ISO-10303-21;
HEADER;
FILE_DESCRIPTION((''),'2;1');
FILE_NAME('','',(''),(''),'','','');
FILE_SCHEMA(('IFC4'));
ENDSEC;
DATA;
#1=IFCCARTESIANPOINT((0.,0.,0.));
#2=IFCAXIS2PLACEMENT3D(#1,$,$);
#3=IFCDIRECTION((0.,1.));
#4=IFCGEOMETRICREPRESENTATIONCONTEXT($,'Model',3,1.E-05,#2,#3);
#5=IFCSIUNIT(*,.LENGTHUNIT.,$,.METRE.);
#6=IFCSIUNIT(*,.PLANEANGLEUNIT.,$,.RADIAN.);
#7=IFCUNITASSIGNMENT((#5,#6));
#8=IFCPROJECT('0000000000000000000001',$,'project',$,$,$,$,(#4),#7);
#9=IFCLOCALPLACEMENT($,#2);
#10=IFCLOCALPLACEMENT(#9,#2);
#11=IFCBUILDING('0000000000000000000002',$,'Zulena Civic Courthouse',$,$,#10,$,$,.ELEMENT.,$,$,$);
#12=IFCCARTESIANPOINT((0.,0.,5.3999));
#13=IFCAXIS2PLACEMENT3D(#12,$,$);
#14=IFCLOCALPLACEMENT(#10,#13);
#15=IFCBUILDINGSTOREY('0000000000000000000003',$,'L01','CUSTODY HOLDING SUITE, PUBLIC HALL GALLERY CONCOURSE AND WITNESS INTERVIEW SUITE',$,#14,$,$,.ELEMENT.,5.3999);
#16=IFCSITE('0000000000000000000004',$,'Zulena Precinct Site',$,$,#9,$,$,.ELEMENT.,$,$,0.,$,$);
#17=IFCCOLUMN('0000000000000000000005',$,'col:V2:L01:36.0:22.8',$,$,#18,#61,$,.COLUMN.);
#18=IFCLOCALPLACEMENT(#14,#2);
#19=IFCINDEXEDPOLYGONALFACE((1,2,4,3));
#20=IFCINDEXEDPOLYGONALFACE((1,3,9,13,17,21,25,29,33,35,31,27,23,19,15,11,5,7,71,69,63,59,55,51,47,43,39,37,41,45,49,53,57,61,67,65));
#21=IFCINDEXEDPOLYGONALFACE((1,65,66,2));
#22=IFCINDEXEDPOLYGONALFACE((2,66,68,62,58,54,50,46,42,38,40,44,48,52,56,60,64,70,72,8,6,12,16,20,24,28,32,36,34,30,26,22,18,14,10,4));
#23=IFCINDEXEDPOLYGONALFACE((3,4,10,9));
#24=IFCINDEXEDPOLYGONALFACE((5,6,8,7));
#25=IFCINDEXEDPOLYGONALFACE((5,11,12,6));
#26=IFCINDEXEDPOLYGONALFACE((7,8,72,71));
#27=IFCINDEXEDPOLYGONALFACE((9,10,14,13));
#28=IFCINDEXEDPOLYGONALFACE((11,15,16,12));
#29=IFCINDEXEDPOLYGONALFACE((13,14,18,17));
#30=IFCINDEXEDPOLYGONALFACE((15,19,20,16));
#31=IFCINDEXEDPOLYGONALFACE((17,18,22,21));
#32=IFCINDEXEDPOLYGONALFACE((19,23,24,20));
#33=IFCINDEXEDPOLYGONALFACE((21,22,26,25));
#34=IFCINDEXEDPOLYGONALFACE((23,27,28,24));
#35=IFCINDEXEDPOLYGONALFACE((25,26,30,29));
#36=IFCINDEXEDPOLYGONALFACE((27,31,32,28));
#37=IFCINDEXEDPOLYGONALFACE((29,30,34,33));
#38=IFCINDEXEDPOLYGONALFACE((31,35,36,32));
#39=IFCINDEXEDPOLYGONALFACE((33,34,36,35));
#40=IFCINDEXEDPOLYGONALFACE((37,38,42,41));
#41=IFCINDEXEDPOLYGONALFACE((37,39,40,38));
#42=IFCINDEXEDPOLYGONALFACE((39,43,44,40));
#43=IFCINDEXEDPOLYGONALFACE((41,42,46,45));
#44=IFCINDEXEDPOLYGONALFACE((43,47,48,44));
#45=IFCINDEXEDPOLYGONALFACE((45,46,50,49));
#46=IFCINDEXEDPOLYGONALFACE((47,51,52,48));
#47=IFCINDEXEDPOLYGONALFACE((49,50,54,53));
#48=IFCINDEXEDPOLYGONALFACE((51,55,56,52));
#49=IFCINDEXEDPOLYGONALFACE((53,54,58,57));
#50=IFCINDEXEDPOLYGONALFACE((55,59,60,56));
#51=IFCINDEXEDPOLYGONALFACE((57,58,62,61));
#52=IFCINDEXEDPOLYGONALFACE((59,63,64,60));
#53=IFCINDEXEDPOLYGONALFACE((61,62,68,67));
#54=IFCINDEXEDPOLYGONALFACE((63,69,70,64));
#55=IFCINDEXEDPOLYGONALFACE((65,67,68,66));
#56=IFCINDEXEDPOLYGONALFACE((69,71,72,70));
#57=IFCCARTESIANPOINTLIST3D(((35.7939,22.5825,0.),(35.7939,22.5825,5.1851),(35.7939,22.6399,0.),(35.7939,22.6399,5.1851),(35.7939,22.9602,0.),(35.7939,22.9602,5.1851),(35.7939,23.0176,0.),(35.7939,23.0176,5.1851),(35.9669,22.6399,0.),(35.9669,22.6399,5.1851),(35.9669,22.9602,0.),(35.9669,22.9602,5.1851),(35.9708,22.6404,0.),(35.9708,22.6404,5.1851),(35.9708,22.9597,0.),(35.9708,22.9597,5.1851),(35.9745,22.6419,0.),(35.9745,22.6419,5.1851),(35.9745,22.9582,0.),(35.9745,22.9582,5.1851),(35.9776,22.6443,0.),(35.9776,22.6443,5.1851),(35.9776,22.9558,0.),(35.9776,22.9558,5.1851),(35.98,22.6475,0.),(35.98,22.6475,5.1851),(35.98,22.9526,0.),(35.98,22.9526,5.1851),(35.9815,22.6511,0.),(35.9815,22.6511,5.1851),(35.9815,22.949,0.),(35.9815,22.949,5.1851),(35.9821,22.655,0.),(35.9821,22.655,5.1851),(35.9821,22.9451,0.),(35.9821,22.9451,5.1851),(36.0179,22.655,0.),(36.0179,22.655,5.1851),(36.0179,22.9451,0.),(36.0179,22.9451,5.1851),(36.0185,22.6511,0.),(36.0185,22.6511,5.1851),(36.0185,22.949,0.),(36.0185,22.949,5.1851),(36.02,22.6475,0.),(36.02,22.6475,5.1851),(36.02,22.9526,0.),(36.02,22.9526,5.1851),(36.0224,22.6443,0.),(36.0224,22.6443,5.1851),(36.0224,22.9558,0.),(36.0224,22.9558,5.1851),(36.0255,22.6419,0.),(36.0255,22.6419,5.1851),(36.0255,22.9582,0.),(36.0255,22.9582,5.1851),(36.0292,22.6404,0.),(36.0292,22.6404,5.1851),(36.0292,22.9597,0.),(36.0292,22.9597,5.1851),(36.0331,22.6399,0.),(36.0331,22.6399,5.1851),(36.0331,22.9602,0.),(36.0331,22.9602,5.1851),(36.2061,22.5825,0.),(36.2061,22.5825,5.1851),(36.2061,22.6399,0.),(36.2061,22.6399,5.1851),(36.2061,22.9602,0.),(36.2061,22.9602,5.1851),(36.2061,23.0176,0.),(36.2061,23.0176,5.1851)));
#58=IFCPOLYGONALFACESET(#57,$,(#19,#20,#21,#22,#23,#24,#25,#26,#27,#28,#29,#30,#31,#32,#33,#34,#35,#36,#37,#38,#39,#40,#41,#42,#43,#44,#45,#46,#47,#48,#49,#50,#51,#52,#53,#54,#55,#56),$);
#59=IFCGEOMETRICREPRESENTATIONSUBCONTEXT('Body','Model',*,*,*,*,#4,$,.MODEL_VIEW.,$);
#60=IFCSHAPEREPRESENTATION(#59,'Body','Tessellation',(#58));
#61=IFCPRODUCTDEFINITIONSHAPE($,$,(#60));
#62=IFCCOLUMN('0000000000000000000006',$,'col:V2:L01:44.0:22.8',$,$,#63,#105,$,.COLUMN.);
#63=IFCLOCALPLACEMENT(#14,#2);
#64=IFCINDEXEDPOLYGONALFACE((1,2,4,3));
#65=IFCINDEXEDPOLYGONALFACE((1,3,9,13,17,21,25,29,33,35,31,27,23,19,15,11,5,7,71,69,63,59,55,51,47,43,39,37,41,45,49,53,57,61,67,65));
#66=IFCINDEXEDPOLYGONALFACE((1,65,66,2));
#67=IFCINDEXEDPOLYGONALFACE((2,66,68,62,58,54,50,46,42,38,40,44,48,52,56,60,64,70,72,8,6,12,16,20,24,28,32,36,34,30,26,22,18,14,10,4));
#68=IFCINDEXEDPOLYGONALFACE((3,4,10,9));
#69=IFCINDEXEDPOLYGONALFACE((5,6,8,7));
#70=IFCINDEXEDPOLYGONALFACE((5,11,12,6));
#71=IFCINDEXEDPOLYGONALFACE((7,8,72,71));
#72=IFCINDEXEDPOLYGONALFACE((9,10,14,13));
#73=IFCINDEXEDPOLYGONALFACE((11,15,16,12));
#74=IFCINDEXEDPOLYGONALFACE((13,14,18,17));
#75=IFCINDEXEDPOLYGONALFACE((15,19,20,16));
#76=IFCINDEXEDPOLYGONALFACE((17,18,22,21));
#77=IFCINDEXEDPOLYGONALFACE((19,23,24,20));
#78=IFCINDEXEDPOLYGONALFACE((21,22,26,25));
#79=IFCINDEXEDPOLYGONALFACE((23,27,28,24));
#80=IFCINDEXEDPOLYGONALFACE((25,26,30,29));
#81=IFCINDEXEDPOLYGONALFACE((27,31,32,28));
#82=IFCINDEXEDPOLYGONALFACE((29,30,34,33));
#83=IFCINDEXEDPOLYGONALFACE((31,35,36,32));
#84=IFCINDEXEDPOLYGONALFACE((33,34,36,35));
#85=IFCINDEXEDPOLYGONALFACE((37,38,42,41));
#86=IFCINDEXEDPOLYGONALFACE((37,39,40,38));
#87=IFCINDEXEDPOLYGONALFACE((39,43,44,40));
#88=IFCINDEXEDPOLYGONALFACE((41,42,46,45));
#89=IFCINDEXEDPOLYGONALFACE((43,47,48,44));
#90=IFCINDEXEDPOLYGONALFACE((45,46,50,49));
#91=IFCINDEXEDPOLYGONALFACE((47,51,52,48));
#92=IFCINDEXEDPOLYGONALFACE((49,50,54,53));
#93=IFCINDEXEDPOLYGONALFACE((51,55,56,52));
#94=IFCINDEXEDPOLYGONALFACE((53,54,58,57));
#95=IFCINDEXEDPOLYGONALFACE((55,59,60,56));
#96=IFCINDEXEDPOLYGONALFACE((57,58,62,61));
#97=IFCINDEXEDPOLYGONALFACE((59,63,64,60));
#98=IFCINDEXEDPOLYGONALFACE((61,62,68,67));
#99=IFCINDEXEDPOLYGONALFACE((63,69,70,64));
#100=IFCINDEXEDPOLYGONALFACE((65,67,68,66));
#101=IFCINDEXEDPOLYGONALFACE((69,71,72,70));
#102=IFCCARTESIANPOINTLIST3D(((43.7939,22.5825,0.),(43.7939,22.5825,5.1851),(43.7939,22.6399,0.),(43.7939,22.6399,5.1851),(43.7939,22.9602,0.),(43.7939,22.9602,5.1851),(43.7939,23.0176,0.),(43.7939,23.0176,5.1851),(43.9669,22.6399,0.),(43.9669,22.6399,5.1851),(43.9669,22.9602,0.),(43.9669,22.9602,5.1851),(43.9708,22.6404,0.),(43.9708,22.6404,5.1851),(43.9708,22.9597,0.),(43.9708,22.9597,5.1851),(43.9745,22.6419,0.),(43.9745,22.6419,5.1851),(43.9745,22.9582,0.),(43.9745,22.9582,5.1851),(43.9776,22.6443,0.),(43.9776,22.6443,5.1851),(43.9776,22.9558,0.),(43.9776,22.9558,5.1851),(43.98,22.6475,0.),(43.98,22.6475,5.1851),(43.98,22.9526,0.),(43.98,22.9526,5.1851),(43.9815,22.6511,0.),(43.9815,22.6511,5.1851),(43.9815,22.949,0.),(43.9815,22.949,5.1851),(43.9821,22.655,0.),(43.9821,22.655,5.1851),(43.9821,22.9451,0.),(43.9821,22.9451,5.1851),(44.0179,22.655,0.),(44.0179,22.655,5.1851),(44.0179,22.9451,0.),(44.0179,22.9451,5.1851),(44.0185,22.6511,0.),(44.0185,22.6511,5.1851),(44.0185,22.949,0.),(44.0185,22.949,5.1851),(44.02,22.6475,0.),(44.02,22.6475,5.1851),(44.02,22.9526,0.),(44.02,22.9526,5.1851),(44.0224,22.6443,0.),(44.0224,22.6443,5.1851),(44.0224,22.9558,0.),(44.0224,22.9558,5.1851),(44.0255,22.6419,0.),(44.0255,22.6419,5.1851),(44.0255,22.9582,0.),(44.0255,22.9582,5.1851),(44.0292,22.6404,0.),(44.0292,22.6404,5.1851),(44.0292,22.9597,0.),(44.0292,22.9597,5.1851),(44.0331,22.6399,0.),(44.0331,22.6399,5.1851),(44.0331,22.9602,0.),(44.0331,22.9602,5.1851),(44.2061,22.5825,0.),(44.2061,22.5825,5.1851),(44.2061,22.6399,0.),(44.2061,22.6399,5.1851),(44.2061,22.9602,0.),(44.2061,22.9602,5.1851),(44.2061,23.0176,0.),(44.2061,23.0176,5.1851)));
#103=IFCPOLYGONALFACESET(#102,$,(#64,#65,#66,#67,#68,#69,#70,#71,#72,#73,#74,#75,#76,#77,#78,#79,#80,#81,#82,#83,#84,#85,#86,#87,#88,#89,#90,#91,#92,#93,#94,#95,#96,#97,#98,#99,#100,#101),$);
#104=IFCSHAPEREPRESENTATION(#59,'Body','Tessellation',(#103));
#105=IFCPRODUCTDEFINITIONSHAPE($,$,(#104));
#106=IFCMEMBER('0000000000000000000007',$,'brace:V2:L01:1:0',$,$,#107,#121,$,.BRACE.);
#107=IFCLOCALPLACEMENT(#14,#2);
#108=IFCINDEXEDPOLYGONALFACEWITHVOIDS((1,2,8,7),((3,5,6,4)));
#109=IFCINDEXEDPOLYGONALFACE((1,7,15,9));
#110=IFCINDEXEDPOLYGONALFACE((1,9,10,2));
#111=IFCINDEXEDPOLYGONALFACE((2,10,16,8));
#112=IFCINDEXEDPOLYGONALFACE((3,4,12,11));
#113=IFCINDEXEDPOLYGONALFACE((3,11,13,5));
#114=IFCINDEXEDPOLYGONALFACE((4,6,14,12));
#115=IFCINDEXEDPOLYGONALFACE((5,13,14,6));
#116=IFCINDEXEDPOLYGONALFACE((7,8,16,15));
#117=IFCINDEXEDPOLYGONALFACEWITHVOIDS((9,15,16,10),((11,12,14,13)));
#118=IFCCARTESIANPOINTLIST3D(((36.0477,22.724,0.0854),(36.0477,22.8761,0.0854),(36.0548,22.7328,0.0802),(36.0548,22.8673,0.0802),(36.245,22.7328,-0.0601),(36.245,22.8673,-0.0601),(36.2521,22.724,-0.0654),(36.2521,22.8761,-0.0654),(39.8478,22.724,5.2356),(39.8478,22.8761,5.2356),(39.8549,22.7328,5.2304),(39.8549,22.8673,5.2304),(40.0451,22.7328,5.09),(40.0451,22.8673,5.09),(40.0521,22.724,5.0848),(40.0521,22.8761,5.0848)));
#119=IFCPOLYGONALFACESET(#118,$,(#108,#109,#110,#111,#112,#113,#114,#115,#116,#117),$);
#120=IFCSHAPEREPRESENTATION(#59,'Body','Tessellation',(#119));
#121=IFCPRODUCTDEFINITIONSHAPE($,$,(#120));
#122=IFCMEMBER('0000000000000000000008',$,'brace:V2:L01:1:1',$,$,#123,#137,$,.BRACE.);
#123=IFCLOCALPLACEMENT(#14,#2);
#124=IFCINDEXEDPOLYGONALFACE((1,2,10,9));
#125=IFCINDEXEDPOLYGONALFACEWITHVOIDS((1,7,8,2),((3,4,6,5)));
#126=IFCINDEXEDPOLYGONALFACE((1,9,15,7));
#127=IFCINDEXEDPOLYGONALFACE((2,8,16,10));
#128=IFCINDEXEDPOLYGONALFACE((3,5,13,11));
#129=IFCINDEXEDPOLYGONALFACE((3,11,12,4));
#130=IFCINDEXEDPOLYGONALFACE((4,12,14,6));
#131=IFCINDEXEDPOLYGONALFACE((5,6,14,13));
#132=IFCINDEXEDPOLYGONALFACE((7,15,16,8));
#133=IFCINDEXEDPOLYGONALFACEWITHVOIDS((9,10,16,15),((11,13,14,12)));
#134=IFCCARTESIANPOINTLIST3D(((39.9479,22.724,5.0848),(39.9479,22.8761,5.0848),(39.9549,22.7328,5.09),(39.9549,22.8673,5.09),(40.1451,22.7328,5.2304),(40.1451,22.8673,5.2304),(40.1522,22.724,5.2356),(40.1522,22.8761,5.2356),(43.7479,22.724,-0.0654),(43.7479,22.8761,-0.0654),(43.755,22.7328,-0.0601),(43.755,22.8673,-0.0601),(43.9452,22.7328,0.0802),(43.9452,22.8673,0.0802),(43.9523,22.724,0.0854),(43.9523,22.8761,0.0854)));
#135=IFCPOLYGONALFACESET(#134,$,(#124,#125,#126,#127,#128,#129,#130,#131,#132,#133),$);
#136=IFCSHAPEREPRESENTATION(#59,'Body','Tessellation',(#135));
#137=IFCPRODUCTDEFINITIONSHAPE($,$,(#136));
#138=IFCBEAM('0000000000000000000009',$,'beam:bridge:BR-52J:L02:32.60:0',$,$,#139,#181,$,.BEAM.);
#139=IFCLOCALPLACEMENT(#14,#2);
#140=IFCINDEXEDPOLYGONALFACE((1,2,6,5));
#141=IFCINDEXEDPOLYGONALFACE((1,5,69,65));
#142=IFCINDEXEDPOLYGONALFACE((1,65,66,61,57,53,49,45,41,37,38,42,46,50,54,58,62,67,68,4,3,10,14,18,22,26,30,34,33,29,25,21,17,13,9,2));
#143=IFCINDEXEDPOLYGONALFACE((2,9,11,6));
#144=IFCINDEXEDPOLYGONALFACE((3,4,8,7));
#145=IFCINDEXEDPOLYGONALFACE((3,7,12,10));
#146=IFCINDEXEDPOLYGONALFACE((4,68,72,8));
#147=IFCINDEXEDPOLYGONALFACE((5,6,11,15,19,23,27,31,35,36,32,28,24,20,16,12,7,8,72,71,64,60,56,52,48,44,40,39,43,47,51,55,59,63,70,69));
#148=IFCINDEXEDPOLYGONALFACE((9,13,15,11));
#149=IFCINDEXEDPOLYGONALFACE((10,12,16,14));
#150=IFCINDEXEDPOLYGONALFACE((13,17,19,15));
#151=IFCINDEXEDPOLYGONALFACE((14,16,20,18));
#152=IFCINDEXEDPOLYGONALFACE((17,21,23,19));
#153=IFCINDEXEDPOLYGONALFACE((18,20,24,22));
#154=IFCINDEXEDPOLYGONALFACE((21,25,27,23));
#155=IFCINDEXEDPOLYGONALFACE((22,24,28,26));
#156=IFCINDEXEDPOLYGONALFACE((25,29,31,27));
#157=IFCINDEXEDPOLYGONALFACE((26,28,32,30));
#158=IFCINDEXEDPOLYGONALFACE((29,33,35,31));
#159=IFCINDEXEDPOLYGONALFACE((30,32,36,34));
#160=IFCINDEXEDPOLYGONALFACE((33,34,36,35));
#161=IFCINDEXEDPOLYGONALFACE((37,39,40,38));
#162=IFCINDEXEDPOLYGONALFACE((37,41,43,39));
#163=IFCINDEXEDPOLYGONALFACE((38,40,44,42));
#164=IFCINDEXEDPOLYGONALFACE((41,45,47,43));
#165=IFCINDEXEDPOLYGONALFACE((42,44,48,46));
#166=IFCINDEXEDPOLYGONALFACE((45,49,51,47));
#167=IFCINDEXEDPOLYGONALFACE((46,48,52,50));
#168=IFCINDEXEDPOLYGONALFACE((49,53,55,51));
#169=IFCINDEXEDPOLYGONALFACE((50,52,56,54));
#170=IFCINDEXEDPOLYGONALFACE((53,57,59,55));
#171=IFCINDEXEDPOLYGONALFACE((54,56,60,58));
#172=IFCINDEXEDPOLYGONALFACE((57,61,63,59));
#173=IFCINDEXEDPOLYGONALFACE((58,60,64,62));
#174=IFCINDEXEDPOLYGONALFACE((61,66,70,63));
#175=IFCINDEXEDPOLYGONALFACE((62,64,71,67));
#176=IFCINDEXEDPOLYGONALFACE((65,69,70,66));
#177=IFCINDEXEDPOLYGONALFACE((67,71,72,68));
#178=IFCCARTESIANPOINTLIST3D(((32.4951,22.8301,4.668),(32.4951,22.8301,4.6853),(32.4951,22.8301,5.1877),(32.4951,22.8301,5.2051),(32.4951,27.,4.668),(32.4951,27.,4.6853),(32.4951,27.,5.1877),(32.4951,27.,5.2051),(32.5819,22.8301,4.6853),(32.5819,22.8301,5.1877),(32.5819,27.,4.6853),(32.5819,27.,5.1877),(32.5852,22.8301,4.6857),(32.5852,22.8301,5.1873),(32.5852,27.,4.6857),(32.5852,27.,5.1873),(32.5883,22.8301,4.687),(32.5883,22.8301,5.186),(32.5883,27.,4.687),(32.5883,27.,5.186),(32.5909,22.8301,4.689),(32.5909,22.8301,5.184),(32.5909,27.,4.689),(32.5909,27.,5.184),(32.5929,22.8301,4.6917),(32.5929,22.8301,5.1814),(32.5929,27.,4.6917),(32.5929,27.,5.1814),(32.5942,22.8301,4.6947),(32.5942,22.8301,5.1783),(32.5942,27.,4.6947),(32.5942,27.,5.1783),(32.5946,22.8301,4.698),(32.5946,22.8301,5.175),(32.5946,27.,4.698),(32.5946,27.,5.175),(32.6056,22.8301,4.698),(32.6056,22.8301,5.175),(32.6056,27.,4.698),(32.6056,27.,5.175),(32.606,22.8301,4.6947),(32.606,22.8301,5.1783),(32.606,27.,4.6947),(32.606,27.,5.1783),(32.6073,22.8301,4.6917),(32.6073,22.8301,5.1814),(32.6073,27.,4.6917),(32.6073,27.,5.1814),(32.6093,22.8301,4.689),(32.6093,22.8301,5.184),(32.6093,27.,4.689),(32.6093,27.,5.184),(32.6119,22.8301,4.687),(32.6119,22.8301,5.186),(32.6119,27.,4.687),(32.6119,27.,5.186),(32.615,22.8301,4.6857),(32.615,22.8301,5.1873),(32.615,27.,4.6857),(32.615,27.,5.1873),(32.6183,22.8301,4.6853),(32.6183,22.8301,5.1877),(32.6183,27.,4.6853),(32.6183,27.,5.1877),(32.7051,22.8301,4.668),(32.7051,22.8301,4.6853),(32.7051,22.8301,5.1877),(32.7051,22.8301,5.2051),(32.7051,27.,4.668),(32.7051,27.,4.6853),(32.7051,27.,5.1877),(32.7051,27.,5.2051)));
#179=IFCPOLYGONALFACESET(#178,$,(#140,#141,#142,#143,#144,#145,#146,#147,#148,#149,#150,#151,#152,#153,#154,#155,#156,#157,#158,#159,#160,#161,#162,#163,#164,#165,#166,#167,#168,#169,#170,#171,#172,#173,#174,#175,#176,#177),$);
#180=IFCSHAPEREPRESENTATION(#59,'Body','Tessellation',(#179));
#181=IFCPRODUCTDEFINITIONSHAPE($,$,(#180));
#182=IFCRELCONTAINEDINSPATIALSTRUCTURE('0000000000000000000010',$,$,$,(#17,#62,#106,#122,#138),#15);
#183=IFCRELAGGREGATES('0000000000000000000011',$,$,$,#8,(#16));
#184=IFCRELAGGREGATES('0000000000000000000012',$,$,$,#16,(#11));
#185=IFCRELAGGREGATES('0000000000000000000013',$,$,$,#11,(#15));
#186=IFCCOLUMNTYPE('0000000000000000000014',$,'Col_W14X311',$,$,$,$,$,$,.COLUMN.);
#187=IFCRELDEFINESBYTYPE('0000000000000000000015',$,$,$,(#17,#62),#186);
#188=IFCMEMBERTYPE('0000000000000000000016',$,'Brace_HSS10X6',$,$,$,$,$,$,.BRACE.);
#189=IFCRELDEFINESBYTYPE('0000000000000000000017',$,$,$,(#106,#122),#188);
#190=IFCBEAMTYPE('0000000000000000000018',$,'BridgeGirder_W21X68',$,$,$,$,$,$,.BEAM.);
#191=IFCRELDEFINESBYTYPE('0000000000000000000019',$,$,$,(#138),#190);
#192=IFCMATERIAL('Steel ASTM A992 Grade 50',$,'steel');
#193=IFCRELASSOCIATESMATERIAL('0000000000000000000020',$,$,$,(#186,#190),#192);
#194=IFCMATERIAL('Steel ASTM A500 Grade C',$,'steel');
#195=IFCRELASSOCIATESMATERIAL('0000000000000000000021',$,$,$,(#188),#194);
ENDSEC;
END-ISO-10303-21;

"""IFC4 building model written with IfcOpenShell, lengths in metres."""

from ifc_helpers import new_model, si_unit, direction, frame, origin, origin_2d, place, context, subcontext, project, spatial, hollow_rectangle, i_section, extrude, material, material_profile, profile_set, type_object, element, save


model = new_model("IFC4")

# Units and contexts
model_context = context("Model", 3, precision=1e-05, world=origin(), true_north=direction((0.0, 1.0)))
body_context = subcontext(model_context, "Body", "Model", "MODEL_VIEW")
ifc_project = project(units=[si_unit("LENGTHUNIT", "METRE"), si_unit("PLANEANGLEUNIT", "RADIAN")], contexts=[model_context])

# Site, building, storey
site_placement = place(None, origin())
site = spatial("IfcSite", under=ifc_project, at=site_placement, Name="Zulena Precinct Site", CompositionType="ELEMENT", RefElevation=0.0)
building_placement = place(site_placement, origin())
building = spatial("IfcBuilding", under=site, at=building_placement, Name="Zulena Civic Courthouse", CompositionType="ELEMENT")
storey_placement = place(building_placement, frame((0.0, 0.0, 5.3999)))
storey = spatial("IfcBuildingStorey", under=building, at=storey_placement, Name="L01", Description="CUSTODY HOLDING SUITE, PUBLIC HALL GALLERY CONCOURSE AND WITNESS INTERVIEW SUITE", CompositionType="ELEMENT", Elevation=5.3999)

# Columns
ifc_material_1 = material(Name="Steel ASTM A992 Grade 50", Category="steel")
ifc_material_profile_1 = material_profile(ifc_material_1, i_section(OverallWidth=0.4121, OverallDepth=0.4351, WebThickness=0.0359, FlangeThickness=0.0574, FilletRadius=0.0151, at=origin_2d()), Name="W14X311")
ifc_profile_set_1 = profile_set([ifc_material_profile_1], Name="Steel ASTM A992 Grade 50")
column_type_1 = type_object("IfcColumnType", Name="Col_W14X311", PredefinedType="COLUMN", material=ifc_profile_set_1)
for number, where, z_axis, x_axis, name in (
    (1, (36.0, 22.8, 0.0), (0.0, 0.0, 1.0), (1.0, 0.0, 0.0), "col:V2:L01:36.0:22.8"),
    (2, (44.0, 22.8, 0.0), (0.0, 0.0, 1.0), (1.0, 0.0, 0.0), "col:V2:L01:44.0:22.8"),
):
    element("IfcColumn", number, at=place(storey_placement, frame(where, z_axis=z_axis, x_axis=x_axis)), inside=storey, type_object=column_type_1, Name=name, PredefinedType="COLUMN", context=body_context, shape_type="SweptSolid", body=[
        extrude(i_section(OverallWidth=0.4121, OverallDepth=0.4351, WebThickness=0.0359, FlangeThickness=0.0574, FilletRadius=0.0151, at=origin_2d()), origin(), (0.0, 0.0, 1.0), 5.1851),
    ])

# Members
ifc_material_2 = material(Name="Steel ASTM A500 Grade C", Category="steel")
ifc_material_profile_2 = material_profile(ifc_material_2, hollow_rectangle(XDim=0.1521, YDim=0.2539, WallThickness=0.0088, at=origin_2d()), Name="HSS10X6X3/8")
ifc_profile_set_2 = profile_set([ifc_material_profile_2], Name="Steel ASTM A500 Grade C")
member_type = type_object("IfcMemberType", Name="Brace_HSS10X6", PredefinedType="BRACE", material=ifc_profile_set_2)
for number, where, z_axis, x_axis, name in (
    (3, (36.1499, 22.8, 0.01), (0.593726, 0.0, 0.804667), (0.0, 1.0, 0.0), "brace:V2:L01:1:0"),
    (4, (43.8501, 22.8, 0.01), (-0.593726, 0.0, 0.804667), (0.0, -1.0, 0.0), "brace:V2:L01:1:1"),
):
    element("IfcMember", number, at=place(storey_placement, frame(where, z_axis=z_axis, x_axis=x_axis)), inside=storey, type_object=member_type, Name=name, PredefinedType="BRACE", context=body_context, shape_type="SweptSolid", body=[
        extrude(hollow_rectangle(XDim=0.1521, YDim=0.2539, WallThickness=0.0088, at=origin_2d()), origin(), (0.0, 0.0, 1.0), 6.4004),
    ])

# Beam
ifc_material_profile_3 = material_profile(ifc_material_1, i_section(OverallWidth=0.21, OverallDepth=0.5371, WebThickness=0.011, FlangeThickness=0.0173, FilletRadius=0.0127, at=origin_2d()), Name="W21X68")
ifc_profile_set_3 = profile_set([ifc_material_profile_3], Name="Steel ASTM A992 Grade 50")
beam_type_1 = type_object("IfcBeamType", Name="BridgeGirder_W21X68", PredefinedType="BEAM", material=ifc_profile_set_3)
beam_1_placement = place(storey_placement, frame((32.6001, 22.8301, 4.9365), z_axis=(0.0, 1.0, 0.0), x_axis=(-1.0, 0.0, 0.0)))
element("IfcBeam", 5, at=beam_1_placement, inside=storey, type_object=beam_type_1, Name="beam:bridge:BR-52J:L02:32.60:0", PredefinedType="BEAM", context=body_context, shape_type="SweptSolid", body=[
    extrude(i_section(OverallWidth=0.21, OverallDepth=0.5371, WebThickness=0.011, FlangeThickness=0.0173, FilletRadius=0.0127, at=origin_2d()), origin(), (0.0, 0.0, 1.0), 4.1699),
])

save(model, "model.ifc")
